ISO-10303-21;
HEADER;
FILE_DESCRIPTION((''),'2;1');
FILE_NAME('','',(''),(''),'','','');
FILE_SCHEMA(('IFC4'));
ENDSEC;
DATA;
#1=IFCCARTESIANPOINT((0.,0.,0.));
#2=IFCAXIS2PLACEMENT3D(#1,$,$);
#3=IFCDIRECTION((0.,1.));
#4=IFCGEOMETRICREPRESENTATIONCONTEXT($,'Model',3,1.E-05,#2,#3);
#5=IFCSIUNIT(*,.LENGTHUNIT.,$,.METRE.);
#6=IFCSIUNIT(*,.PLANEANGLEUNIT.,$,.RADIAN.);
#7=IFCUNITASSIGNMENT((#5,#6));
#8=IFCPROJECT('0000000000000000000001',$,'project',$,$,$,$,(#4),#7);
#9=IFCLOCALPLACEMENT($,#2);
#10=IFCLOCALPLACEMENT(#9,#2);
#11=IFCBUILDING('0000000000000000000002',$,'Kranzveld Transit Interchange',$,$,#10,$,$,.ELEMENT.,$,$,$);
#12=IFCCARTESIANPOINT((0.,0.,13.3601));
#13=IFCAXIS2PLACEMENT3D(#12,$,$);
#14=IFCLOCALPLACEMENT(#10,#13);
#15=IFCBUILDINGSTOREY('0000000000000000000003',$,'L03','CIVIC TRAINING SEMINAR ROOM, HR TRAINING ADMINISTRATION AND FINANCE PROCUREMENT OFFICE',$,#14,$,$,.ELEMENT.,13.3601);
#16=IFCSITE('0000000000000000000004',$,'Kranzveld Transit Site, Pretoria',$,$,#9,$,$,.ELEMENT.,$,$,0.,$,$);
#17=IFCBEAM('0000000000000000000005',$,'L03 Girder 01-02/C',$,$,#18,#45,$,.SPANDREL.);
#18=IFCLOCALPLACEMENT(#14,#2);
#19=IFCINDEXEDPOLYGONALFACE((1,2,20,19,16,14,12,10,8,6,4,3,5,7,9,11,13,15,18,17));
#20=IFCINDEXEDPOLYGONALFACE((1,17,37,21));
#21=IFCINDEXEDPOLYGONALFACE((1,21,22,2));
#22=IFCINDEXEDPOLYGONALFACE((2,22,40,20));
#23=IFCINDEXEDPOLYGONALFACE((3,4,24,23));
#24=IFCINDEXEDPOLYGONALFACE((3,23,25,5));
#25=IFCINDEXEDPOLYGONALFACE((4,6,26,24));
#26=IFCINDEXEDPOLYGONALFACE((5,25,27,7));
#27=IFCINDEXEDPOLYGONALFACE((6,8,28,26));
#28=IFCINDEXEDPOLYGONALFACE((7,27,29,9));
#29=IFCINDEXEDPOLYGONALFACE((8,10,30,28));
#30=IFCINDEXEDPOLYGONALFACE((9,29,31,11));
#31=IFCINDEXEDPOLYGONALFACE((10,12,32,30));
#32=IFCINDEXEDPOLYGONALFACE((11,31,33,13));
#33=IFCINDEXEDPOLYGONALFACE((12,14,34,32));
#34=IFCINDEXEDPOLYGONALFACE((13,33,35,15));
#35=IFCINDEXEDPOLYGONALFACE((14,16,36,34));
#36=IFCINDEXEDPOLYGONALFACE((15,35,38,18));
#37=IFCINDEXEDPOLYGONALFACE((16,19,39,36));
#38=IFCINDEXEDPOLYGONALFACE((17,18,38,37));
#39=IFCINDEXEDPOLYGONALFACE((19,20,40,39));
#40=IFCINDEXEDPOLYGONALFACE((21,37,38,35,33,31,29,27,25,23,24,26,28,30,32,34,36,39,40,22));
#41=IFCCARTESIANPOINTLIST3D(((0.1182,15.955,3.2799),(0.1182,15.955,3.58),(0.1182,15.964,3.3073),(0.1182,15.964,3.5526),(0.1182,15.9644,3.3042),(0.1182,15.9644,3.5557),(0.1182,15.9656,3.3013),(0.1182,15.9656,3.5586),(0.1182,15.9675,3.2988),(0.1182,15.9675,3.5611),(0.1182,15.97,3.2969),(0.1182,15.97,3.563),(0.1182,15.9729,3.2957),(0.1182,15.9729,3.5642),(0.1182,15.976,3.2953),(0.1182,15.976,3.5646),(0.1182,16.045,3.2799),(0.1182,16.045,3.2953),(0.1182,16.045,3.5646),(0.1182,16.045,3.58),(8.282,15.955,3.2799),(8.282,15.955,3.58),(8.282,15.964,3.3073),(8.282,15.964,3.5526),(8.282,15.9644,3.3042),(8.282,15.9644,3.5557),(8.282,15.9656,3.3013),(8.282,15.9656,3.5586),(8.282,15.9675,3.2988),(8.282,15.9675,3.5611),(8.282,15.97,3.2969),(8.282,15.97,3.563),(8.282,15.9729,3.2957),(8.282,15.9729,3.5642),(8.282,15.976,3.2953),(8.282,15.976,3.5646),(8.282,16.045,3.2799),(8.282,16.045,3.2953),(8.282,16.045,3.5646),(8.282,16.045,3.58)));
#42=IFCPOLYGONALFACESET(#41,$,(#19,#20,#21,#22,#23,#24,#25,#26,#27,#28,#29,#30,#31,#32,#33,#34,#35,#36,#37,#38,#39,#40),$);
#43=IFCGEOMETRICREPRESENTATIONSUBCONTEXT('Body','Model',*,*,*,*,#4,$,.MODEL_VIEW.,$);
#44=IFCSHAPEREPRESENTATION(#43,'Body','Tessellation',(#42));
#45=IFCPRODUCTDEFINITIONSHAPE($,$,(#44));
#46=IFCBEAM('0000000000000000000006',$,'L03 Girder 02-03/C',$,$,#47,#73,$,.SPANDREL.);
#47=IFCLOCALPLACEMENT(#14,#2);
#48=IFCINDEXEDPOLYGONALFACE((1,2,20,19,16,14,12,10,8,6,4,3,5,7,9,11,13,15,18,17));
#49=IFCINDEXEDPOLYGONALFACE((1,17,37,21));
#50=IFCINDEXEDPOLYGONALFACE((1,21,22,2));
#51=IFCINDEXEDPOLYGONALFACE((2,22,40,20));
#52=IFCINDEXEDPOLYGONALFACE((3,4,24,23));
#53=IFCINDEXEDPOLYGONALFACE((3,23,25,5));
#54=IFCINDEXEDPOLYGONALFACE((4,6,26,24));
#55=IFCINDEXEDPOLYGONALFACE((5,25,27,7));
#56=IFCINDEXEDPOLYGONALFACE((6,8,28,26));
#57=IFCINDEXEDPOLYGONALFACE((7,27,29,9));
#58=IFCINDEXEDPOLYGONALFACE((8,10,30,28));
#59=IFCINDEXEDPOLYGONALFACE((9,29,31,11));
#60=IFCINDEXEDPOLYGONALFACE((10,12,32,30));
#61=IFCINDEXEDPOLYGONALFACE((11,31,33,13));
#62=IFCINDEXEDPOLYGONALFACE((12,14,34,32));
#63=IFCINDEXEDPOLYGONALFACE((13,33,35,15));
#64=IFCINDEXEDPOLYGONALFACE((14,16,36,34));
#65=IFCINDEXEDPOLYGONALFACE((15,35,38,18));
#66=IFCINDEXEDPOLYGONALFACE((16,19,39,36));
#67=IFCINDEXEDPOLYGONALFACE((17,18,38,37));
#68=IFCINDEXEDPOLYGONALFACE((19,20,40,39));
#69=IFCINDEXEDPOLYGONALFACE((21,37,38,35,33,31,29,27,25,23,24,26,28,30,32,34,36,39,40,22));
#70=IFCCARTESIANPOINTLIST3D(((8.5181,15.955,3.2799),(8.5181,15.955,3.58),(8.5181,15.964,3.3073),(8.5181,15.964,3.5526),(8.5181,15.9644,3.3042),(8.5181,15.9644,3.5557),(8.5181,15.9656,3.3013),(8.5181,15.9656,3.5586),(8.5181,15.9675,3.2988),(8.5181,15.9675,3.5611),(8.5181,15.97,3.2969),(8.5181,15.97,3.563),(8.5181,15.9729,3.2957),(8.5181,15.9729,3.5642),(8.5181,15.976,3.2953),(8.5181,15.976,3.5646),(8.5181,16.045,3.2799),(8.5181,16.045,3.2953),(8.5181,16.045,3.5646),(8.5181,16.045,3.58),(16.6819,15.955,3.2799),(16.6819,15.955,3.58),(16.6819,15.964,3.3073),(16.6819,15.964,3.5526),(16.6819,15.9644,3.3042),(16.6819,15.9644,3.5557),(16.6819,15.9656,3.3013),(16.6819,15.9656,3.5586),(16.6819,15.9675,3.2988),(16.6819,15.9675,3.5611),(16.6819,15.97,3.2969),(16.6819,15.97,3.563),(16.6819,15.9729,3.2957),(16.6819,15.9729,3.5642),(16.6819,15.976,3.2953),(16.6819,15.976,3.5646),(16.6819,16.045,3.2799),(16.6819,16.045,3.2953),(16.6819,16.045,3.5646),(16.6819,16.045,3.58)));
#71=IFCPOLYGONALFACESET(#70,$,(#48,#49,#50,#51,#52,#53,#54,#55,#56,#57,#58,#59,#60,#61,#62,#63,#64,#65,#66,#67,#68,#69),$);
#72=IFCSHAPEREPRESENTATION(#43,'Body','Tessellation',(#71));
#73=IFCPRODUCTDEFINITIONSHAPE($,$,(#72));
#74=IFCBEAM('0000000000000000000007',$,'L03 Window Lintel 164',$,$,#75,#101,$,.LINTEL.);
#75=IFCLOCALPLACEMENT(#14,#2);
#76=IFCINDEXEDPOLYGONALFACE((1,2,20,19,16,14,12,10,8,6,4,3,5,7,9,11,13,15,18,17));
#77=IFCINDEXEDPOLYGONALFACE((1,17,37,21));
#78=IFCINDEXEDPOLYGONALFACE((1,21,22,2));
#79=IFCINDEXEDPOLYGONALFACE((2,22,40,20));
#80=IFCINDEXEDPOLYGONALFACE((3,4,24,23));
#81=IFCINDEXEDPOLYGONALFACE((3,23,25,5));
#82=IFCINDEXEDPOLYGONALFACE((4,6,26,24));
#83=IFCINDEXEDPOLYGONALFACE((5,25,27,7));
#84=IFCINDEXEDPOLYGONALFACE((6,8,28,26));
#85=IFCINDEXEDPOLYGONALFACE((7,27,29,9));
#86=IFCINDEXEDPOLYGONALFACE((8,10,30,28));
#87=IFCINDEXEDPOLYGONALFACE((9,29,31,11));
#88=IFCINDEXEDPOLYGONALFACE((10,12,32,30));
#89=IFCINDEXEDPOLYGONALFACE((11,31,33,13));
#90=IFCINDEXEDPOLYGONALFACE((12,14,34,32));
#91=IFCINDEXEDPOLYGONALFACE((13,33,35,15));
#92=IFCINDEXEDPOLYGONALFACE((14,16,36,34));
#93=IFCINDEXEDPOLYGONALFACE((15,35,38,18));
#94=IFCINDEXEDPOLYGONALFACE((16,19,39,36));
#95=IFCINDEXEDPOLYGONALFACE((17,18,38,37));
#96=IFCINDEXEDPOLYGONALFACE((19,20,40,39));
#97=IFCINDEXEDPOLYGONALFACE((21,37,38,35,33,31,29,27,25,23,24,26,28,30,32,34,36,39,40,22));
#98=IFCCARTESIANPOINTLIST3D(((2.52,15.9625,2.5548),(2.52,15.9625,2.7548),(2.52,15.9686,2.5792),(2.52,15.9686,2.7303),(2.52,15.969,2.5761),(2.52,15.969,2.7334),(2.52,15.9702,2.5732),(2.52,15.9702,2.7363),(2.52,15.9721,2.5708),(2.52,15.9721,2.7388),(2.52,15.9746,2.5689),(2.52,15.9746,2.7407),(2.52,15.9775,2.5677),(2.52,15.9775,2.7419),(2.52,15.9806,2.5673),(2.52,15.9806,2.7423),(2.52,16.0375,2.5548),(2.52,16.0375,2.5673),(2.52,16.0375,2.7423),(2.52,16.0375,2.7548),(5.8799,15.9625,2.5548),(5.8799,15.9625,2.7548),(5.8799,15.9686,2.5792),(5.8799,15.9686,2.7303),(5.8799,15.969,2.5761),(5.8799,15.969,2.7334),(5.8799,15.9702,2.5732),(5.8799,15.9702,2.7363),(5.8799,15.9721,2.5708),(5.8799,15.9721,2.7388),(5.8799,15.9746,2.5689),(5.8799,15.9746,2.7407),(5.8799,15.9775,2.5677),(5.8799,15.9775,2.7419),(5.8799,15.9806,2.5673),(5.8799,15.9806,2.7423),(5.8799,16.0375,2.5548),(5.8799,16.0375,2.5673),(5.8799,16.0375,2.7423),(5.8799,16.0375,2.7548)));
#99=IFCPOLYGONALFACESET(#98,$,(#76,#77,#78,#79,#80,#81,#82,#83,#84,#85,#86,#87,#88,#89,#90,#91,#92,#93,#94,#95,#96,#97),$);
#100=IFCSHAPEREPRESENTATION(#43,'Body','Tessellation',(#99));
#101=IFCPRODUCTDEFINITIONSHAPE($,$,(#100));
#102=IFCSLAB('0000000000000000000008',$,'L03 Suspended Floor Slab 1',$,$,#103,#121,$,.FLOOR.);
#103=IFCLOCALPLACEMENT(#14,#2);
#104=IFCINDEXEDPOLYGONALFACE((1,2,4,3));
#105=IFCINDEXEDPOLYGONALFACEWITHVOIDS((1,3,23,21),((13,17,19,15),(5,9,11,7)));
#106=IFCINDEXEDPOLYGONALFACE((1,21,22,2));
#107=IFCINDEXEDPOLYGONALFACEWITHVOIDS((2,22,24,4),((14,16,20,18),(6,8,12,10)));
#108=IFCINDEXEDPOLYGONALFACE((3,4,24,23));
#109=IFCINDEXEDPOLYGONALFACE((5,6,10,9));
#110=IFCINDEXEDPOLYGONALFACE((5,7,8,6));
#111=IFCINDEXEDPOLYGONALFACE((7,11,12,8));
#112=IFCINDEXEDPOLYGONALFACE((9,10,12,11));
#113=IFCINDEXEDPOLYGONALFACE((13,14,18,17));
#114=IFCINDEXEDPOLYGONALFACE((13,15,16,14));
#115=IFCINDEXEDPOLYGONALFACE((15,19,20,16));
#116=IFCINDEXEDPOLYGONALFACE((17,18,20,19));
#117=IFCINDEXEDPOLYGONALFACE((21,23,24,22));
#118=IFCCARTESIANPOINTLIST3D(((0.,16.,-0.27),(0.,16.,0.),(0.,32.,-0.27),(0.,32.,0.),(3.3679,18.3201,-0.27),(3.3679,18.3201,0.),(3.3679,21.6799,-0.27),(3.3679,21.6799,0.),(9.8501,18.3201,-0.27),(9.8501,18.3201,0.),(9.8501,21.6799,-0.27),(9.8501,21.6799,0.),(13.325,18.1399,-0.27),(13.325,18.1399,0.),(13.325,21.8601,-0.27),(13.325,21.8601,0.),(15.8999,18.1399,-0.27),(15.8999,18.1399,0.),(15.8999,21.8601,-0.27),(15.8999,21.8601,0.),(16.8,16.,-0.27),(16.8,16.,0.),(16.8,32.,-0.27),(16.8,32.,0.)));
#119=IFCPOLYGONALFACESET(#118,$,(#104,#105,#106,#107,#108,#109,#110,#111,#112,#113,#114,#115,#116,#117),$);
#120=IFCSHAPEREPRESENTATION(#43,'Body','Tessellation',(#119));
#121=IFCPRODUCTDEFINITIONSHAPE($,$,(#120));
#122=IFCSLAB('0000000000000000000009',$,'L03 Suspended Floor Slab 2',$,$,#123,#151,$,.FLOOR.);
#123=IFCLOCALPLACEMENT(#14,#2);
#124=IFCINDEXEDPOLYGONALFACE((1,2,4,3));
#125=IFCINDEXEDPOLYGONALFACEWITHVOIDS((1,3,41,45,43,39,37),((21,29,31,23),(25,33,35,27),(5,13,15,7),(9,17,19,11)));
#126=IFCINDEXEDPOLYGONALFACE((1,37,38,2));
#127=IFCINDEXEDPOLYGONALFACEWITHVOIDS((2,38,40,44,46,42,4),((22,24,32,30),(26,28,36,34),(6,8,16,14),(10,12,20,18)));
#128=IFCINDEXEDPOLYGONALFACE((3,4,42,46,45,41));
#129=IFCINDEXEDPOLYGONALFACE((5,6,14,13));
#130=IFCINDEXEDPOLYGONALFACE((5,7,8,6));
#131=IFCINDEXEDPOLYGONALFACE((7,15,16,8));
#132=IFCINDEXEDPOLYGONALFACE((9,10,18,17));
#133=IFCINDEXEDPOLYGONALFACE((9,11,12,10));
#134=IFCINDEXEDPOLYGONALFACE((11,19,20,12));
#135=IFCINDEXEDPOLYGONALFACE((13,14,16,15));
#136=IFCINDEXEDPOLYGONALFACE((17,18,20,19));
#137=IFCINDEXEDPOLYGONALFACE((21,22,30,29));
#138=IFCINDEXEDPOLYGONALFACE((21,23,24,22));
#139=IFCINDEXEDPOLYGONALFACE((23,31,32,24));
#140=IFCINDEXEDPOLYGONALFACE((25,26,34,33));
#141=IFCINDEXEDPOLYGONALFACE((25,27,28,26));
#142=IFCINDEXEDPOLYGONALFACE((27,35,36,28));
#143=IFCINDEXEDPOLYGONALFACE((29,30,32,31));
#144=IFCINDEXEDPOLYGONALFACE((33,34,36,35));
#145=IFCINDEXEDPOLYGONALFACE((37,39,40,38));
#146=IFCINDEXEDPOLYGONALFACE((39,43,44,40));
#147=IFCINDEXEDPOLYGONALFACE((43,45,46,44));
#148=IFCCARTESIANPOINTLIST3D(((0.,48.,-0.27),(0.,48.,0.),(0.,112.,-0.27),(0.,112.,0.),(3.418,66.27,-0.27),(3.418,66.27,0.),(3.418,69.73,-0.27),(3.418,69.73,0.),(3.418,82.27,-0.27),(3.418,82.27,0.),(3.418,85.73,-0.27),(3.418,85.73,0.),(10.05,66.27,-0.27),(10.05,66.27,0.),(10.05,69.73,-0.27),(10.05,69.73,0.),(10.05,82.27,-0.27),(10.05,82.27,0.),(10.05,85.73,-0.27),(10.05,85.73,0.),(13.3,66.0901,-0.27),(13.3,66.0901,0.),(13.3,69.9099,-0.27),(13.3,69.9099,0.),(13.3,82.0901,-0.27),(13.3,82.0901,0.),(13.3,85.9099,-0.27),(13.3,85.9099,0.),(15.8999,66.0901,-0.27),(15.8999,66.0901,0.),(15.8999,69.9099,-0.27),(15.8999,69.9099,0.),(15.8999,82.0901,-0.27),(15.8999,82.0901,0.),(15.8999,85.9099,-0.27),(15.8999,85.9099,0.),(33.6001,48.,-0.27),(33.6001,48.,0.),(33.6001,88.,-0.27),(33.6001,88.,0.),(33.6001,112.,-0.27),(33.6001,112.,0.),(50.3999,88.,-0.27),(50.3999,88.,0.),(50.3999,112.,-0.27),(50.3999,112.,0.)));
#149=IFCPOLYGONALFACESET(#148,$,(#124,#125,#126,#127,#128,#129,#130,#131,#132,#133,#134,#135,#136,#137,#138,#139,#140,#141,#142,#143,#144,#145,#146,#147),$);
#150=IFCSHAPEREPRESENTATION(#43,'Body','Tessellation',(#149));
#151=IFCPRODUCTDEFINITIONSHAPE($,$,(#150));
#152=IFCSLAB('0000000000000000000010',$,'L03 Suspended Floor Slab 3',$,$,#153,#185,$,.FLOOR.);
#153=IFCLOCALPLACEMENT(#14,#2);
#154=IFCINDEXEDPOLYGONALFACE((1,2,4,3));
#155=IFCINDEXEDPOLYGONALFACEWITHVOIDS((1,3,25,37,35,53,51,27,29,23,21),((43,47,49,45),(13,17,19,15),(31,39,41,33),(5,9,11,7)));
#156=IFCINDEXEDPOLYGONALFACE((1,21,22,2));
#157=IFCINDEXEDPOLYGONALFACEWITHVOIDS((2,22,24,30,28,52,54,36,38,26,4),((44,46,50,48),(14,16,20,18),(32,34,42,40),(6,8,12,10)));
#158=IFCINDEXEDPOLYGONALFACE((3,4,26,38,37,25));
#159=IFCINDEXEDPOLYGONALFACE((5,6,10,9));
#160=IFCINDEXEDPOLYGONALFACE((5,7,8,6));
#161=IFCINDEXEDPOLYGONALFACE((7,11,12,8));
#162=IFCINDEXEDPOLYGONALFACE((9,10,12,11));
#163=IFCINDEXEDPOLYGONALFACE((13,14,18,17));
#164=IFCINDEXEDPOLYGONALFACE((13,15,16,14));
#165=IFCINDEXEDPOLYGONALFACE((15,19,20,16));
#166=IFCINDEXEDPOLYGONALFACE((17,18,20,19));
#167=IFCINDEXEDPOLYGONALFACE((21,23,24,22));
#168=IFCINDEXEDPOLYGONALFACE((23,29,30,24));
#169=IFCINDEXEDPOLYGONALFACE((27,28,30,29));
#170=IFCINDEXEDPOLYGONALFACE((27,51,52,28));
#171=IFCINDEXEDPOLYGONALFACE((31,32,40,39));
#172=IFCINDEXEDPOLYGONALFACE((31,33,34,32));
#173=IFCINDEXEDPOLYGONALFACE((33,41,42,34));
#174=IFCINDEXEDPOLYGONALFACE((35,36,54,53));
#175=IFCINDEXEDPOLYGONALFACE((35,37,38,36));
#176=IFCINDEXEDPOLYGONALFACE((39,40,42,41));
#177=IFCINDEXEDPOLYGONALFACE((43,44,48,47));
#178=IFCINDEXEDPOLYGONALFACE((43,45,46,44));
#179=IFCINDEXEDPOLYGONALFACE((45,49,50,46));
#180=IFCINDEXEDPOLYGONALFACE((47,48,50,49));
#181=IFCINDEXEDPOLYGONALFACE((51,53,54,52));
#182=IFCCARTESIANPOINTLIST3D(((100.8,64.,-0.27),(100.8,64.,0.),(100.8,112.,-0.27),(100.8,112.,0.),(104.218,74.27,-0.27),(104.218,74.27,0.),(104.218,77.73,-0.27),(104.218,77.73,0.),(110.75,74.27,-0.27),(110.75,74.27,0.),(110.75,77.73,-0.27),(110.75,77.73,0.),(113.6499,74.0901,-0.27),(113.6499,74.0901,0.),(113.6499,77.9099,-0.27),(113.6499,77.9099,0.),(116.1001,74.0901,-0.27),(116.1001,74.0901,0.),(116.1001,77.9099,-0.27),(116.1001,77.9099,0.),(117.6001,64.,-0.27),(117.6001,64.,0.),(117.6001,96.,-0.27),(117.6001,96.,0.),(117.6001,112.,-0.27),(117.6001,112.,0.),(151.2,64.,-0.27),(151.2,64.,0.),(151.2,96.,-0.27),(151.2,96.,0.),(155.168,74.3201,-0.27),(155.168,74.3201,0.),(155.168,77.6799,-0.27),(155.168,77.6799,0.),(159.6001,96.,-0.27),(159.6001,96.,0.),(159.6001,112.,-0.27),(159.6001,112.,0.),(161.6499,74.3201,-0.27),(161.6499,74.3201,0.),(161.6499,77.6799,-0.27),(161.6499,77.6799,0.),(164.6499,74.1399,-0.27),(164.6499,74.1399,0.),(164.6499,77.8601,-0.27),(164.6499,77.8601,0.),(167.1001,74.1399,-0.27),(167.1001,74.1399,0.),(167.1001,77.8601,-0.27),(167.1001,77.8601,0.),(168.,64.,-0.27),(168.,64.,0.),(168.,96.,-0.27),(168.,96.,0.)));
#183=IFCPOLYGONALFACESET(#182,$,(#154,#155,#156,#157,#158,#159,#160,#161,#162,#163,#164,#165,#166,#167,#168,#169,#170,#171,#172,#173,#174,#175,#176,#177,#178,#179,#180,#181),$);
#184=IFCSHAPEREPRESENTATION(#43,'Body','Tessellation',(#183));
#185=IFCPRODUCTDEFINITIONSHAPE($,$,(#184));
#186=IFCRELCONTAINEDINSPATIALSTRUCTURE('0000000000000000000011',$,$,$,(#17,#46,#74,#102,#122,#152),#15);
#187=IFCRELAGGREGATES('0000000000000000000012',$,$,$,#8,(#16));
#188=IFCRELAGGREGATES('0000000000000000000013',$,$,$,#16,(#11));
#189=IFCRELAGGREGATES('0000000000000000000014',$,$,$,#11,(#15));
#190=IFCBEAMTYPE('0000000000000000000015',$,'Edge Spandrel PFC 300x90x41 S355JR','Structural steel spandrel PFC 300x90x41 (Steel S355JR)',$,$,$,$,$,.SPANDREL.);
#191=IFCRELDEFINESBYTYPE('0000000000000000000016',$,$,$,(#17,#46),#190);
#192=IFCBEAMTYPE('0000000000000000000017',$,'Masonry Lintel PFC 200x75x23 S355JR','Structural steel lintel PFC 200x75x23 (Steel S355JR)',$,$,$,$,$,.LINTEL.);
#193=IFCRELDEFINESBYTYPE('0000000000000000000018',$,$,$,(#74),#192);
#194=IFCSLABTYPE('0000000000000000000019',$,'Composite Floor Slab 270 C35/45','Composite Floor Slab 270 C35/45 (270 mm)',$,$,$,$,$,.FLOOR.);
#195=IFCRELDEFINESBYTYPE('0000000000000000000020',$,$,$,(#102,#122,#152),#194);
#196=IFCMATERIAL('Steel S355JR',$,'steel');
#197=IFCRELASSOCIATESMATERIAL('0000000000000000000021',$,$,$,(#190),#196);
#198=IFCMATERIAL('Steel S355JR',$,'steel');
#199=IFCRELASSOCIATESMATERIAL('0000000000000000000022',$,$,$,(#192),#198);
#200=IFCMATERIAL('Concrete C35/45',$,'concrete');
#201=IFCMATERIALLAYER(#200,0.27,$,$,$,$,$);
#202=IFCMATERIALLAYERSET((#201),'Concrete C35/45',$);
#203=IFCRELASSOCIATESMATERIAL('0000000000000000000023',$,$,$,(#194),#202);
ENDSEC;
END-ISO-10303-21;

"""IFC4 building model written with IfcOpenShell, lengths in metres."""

from ifc_helpers import new_model, si_unit, direction, frame, origin, origin_2d, place, context, subcontext, project, spatial, polyline, u_section, outline, extrude, material, layer, layer_set, material_profile, profile_set, type_object, element, save


model = new_model("IFC4")

# Units and contexts
model_context = context("Model", 3, precision=1e-05, world=origin(), true_north=direction((0.0, 1.0)))
body_context = subcontext(model_context, "Body", "Model", "MODEL_VIEW")
ifc_project = project(units=[si_unit("LENGTHUNIT", "METRE"), si_unit("PLANEANGLEUNIT", "RADIAN")], contexts=[model_context])

# Site, building, storey
site_placement = place(None, origin())
site = spatial("IfcSite", under=ifc_project, at=site_placement, Name="Kranzveld Transit Site, Pretoria", CompositionType="ELEMENT", RefElevation=0.0)
building_placement = place(site_placement, origin())
building = spatial("IfcBuilding", under=site, at=building_placement, Name="Kranzveld Transit Interchange", CompositionType="ELEMENT")
storey_placement = place(building_placement, frame((0.0, 0.0, 13.3601)))
storey = spatial("IfcBuildingStorey", under=building, at=storey_placement, Name="L03", Description="CIVIC TRAINING SEMINAR ROOM, HR TRAINING ADMINISTRATION AND FINANCE PROCUREMENT OFFICE", CompositionType="ELEMENT", Elevation=13.3601)

# Beams
ifc_material_1 = material(Name="Steel S355JR", Category="steel")
ifc_material_profile_1 = material_profile(ifc_material_1, u_section(Depth=0.3, FlangeWidth=0.0901, WebThickness=0.009, FlangeThickness=0.0154, FilletRadius=0.012, at=origin_2d()), Name="PFC 300x90x41")
ifc_profile_set_1 = profile_set([ifc_material_profile_1], Name="Steel S355JR")
beam_type_1 = type_object("IfcBeamType", Name="Edge Spandrel PFC 300x90x41 S355JR", Description="Structural steel spandrel PFC 300x90x41 (Steel S355JR)", PredefinedType="SPANDREL", material=ifc_profile_set_1)
for number, where, z_axis, x_axis, name in (
    (1, (0.1182, 16.0, 3.4299), (1.0, 0.0, 0.0), (0.0, 1.0, 0.0), "L03 Girder 01-02/C"),
    (2, (8.5181, 16.0, 3.4299), (1.0, 0.0, 0.0), (0.0, 1.0, 0.0), "L03 Girder 02-03/C"),
):
    element("IfcBeam", number, at=place(storey_placement, frame(where, z_axis=z_axis, x_axis=x_axis)), inside=storey, type_object=beam_type_1, Name=name, PredefinedType="SPANDREL", context=body_context, shape_type="SweptSolid", body=[
        extrude(u_section(Depth=0.3, FlangeWidth=0.0901, WebThickness=0.009, FlangeThickness=0.0154, FilletRadius=0.012, at=origin_2d()), origin(), (0.0, 0.0, 1.0), 8.1638),
    ])
ifc_material_2 = material(Name="Steel S355JR", Category="steel")
ifc_material_profile_2 = material_profile(ifc_material_2, u_section(Depth=0.2, FlangeWidth=0.075, WebThickness=0.0061, FlangeThickness=0.0125, FilletRadius=0.012, at=origin_2d()), Name="PFC 200x75x23")
ifc_profile_set_2 = profile_set([ifc_material_profile_2], Name="Steel S355JR")
beam_type_2 = type_object("IfcBeamType", Name="Masonry Lintel PFC 200x75x23 S355JR", Description="Structural steel lintel PFC 200x75x23 (Steel S355JR)", PredefinedType="LINTEL", material=ifc_profile_set_2)
beam_placement = place(storey_placement, frame((2.52, 16.0, 2.6548), z_axis=(1.0, 0.0, 0.0), x_axis=(0.0, 1.0, 0.0)))
element("IfcBeam", 3, at=beam_placement, inside=storey, type_object=beam_type_2, Name="L03 Window Lintel 164", PredefinedType="LINTEL", context=body_context, shape_type="SweptSolid", body=[
    extrude(u_section(Depth=0.2, FlangeWidth=0.075, WebThickness=0.0061, FlangeThickness=0.0125, FilletRadius=0.012, at=origin_2d()), origin(), (0.0, 0.0, 1.0), 3.3599),
])

# Slabs
ifc_material_3 = material(Name="Concrete C35/45", Category="concrete")
ifc_layer_1 = layer(ifc_material_3, 0.27)
ifc_layer_set_1 = layer_set([ifc_layer_1], Name="Concrete C35/45")
slab_type_1 = type_object("IfcSlabType", Name="Composite Floor Slab 270 C35/45", Description="Composite Floor Slab 270 C35/45 (270 mm)", PredefinedType="FLOOR", material=ifc_layer_set_1)
slab_1_placement = place(storey_placement, frame((0.0, 0.0, -0.27)))
element("IfcSlab", 4, at=slab_1_placement, inside=storey, type_object=slab_type_1, Name="L03 Suspended Floor Slab 1", PredefinedType="FLOOR", context=body_context, shape_type="SweptSolid", body=[
    extrude(outline(polyline([(16.8, 32.0), (16.8, 16.0), (0.0, 16.0), (0.0, 32.0), (16.8, 32.0)]), holes=[polyline([(9.8501, 21.6799), (3.3679, 21.6799), (3.3679, 18.3201), (9.8501, 18.3201), (9.8501, 21.6799)]), polyline([(13.325, 21.8601), (13.325, 18.1399), (15.8999, 18.1399), (15.8999, 21.8601), (13.325, 21.8601)])]), origin(), (0.0, 0.0, 1.0), 0.27),
])
slab_2_placement = place(storey_placement, frame((0.0, 0.0, -0.27)))
element("IfcSlab", 5, at=slab_2_placement, inside=storey, type_object=slab_type_1, Name="L03 Suspended Floor Slab 2", PredefinedType="FLOOR", context=body_context, shape_type="SweptSolid", body=[
    extrude(outline(polyline([(50.3999, 112.0), (50.3999, 88.0), (33.6001, 88.0), (33.6001, 48.0), (0.0, 48.0), (0.0, 112.0), (33.6001, 112.0), (50.3999, 112.0)]), holes=[polyline([(10.05, 69.73), (3.418, 69.73), (3.418, 66.27), (10.05, 66.27), (10.05, 69.73)]), polyline([(15.8999, 69.9099), (13.3, 69.9099), (13.3, 66.0901), (15.8999, 66.0901), (15.8999, 69.9099)]), polyline([(10.05, 82.27), (10.05, 85.73), (3.418, 85.73), (3.418, 82.27), (10.05, 82.27)]), polyline([(15.8999, 85.9099), (13.3, 85.9099), (13.3, 82.0901), (15.8999, 82.0901), (15.8999, 85.9099)])]), origin(), (0.0, 0.0, 1.0), 0.27),
])
slab_3_placement = place(storey_placement, frame((0.0, 0.0, -0.27)))
element("IfcSlab", 6, at=slab_3_placement, inside=storey, type_object=slab_type_1, Name="L03 Suspended Floor Slab 3", PredefinedType="FLOOR", context=body_context, shape_type="SweptSolid", body=[
    extrude(outline(polyline([(168.0, 64.0), (151.2, 64.0), (151.2, 96.0), (117.6001, 96.0), (117.6001, 64.0), (100.8, 64.0), (100.8, 112.0), (117.6001, 112.0), (159.6001, 112.0), (159.6001, 96.0), (168.0, 96.0), (168.0, 64.0)]), holes=[polyline([(110.75, 74.27), (110.75, 77.73), (104.218, 77.73), (104.218, 74.27), (110.75, 74.27)]), polyline([(113.6499, 77.9099), (113.6499, 74.0901), (116.1001, 74.0901), (116.1001, 77.9099), (113.6499, 77.9099)]), polyline([(161.6499, 77.6799), (155.168, 77.6799), (155.168, 74.3201), (161.6499, 74.3201), (161.6499, 77.6799)]), polyline([(164.6499, 77.8601), (164.6499, 74.1399), (167.1001, 74.1399), (167.1001, 77.8601), (164.6499, 77.8601)])]), origin(), (0.0, 0.0, 1.0), 0.27),
])

save(model, "model.ifc")
